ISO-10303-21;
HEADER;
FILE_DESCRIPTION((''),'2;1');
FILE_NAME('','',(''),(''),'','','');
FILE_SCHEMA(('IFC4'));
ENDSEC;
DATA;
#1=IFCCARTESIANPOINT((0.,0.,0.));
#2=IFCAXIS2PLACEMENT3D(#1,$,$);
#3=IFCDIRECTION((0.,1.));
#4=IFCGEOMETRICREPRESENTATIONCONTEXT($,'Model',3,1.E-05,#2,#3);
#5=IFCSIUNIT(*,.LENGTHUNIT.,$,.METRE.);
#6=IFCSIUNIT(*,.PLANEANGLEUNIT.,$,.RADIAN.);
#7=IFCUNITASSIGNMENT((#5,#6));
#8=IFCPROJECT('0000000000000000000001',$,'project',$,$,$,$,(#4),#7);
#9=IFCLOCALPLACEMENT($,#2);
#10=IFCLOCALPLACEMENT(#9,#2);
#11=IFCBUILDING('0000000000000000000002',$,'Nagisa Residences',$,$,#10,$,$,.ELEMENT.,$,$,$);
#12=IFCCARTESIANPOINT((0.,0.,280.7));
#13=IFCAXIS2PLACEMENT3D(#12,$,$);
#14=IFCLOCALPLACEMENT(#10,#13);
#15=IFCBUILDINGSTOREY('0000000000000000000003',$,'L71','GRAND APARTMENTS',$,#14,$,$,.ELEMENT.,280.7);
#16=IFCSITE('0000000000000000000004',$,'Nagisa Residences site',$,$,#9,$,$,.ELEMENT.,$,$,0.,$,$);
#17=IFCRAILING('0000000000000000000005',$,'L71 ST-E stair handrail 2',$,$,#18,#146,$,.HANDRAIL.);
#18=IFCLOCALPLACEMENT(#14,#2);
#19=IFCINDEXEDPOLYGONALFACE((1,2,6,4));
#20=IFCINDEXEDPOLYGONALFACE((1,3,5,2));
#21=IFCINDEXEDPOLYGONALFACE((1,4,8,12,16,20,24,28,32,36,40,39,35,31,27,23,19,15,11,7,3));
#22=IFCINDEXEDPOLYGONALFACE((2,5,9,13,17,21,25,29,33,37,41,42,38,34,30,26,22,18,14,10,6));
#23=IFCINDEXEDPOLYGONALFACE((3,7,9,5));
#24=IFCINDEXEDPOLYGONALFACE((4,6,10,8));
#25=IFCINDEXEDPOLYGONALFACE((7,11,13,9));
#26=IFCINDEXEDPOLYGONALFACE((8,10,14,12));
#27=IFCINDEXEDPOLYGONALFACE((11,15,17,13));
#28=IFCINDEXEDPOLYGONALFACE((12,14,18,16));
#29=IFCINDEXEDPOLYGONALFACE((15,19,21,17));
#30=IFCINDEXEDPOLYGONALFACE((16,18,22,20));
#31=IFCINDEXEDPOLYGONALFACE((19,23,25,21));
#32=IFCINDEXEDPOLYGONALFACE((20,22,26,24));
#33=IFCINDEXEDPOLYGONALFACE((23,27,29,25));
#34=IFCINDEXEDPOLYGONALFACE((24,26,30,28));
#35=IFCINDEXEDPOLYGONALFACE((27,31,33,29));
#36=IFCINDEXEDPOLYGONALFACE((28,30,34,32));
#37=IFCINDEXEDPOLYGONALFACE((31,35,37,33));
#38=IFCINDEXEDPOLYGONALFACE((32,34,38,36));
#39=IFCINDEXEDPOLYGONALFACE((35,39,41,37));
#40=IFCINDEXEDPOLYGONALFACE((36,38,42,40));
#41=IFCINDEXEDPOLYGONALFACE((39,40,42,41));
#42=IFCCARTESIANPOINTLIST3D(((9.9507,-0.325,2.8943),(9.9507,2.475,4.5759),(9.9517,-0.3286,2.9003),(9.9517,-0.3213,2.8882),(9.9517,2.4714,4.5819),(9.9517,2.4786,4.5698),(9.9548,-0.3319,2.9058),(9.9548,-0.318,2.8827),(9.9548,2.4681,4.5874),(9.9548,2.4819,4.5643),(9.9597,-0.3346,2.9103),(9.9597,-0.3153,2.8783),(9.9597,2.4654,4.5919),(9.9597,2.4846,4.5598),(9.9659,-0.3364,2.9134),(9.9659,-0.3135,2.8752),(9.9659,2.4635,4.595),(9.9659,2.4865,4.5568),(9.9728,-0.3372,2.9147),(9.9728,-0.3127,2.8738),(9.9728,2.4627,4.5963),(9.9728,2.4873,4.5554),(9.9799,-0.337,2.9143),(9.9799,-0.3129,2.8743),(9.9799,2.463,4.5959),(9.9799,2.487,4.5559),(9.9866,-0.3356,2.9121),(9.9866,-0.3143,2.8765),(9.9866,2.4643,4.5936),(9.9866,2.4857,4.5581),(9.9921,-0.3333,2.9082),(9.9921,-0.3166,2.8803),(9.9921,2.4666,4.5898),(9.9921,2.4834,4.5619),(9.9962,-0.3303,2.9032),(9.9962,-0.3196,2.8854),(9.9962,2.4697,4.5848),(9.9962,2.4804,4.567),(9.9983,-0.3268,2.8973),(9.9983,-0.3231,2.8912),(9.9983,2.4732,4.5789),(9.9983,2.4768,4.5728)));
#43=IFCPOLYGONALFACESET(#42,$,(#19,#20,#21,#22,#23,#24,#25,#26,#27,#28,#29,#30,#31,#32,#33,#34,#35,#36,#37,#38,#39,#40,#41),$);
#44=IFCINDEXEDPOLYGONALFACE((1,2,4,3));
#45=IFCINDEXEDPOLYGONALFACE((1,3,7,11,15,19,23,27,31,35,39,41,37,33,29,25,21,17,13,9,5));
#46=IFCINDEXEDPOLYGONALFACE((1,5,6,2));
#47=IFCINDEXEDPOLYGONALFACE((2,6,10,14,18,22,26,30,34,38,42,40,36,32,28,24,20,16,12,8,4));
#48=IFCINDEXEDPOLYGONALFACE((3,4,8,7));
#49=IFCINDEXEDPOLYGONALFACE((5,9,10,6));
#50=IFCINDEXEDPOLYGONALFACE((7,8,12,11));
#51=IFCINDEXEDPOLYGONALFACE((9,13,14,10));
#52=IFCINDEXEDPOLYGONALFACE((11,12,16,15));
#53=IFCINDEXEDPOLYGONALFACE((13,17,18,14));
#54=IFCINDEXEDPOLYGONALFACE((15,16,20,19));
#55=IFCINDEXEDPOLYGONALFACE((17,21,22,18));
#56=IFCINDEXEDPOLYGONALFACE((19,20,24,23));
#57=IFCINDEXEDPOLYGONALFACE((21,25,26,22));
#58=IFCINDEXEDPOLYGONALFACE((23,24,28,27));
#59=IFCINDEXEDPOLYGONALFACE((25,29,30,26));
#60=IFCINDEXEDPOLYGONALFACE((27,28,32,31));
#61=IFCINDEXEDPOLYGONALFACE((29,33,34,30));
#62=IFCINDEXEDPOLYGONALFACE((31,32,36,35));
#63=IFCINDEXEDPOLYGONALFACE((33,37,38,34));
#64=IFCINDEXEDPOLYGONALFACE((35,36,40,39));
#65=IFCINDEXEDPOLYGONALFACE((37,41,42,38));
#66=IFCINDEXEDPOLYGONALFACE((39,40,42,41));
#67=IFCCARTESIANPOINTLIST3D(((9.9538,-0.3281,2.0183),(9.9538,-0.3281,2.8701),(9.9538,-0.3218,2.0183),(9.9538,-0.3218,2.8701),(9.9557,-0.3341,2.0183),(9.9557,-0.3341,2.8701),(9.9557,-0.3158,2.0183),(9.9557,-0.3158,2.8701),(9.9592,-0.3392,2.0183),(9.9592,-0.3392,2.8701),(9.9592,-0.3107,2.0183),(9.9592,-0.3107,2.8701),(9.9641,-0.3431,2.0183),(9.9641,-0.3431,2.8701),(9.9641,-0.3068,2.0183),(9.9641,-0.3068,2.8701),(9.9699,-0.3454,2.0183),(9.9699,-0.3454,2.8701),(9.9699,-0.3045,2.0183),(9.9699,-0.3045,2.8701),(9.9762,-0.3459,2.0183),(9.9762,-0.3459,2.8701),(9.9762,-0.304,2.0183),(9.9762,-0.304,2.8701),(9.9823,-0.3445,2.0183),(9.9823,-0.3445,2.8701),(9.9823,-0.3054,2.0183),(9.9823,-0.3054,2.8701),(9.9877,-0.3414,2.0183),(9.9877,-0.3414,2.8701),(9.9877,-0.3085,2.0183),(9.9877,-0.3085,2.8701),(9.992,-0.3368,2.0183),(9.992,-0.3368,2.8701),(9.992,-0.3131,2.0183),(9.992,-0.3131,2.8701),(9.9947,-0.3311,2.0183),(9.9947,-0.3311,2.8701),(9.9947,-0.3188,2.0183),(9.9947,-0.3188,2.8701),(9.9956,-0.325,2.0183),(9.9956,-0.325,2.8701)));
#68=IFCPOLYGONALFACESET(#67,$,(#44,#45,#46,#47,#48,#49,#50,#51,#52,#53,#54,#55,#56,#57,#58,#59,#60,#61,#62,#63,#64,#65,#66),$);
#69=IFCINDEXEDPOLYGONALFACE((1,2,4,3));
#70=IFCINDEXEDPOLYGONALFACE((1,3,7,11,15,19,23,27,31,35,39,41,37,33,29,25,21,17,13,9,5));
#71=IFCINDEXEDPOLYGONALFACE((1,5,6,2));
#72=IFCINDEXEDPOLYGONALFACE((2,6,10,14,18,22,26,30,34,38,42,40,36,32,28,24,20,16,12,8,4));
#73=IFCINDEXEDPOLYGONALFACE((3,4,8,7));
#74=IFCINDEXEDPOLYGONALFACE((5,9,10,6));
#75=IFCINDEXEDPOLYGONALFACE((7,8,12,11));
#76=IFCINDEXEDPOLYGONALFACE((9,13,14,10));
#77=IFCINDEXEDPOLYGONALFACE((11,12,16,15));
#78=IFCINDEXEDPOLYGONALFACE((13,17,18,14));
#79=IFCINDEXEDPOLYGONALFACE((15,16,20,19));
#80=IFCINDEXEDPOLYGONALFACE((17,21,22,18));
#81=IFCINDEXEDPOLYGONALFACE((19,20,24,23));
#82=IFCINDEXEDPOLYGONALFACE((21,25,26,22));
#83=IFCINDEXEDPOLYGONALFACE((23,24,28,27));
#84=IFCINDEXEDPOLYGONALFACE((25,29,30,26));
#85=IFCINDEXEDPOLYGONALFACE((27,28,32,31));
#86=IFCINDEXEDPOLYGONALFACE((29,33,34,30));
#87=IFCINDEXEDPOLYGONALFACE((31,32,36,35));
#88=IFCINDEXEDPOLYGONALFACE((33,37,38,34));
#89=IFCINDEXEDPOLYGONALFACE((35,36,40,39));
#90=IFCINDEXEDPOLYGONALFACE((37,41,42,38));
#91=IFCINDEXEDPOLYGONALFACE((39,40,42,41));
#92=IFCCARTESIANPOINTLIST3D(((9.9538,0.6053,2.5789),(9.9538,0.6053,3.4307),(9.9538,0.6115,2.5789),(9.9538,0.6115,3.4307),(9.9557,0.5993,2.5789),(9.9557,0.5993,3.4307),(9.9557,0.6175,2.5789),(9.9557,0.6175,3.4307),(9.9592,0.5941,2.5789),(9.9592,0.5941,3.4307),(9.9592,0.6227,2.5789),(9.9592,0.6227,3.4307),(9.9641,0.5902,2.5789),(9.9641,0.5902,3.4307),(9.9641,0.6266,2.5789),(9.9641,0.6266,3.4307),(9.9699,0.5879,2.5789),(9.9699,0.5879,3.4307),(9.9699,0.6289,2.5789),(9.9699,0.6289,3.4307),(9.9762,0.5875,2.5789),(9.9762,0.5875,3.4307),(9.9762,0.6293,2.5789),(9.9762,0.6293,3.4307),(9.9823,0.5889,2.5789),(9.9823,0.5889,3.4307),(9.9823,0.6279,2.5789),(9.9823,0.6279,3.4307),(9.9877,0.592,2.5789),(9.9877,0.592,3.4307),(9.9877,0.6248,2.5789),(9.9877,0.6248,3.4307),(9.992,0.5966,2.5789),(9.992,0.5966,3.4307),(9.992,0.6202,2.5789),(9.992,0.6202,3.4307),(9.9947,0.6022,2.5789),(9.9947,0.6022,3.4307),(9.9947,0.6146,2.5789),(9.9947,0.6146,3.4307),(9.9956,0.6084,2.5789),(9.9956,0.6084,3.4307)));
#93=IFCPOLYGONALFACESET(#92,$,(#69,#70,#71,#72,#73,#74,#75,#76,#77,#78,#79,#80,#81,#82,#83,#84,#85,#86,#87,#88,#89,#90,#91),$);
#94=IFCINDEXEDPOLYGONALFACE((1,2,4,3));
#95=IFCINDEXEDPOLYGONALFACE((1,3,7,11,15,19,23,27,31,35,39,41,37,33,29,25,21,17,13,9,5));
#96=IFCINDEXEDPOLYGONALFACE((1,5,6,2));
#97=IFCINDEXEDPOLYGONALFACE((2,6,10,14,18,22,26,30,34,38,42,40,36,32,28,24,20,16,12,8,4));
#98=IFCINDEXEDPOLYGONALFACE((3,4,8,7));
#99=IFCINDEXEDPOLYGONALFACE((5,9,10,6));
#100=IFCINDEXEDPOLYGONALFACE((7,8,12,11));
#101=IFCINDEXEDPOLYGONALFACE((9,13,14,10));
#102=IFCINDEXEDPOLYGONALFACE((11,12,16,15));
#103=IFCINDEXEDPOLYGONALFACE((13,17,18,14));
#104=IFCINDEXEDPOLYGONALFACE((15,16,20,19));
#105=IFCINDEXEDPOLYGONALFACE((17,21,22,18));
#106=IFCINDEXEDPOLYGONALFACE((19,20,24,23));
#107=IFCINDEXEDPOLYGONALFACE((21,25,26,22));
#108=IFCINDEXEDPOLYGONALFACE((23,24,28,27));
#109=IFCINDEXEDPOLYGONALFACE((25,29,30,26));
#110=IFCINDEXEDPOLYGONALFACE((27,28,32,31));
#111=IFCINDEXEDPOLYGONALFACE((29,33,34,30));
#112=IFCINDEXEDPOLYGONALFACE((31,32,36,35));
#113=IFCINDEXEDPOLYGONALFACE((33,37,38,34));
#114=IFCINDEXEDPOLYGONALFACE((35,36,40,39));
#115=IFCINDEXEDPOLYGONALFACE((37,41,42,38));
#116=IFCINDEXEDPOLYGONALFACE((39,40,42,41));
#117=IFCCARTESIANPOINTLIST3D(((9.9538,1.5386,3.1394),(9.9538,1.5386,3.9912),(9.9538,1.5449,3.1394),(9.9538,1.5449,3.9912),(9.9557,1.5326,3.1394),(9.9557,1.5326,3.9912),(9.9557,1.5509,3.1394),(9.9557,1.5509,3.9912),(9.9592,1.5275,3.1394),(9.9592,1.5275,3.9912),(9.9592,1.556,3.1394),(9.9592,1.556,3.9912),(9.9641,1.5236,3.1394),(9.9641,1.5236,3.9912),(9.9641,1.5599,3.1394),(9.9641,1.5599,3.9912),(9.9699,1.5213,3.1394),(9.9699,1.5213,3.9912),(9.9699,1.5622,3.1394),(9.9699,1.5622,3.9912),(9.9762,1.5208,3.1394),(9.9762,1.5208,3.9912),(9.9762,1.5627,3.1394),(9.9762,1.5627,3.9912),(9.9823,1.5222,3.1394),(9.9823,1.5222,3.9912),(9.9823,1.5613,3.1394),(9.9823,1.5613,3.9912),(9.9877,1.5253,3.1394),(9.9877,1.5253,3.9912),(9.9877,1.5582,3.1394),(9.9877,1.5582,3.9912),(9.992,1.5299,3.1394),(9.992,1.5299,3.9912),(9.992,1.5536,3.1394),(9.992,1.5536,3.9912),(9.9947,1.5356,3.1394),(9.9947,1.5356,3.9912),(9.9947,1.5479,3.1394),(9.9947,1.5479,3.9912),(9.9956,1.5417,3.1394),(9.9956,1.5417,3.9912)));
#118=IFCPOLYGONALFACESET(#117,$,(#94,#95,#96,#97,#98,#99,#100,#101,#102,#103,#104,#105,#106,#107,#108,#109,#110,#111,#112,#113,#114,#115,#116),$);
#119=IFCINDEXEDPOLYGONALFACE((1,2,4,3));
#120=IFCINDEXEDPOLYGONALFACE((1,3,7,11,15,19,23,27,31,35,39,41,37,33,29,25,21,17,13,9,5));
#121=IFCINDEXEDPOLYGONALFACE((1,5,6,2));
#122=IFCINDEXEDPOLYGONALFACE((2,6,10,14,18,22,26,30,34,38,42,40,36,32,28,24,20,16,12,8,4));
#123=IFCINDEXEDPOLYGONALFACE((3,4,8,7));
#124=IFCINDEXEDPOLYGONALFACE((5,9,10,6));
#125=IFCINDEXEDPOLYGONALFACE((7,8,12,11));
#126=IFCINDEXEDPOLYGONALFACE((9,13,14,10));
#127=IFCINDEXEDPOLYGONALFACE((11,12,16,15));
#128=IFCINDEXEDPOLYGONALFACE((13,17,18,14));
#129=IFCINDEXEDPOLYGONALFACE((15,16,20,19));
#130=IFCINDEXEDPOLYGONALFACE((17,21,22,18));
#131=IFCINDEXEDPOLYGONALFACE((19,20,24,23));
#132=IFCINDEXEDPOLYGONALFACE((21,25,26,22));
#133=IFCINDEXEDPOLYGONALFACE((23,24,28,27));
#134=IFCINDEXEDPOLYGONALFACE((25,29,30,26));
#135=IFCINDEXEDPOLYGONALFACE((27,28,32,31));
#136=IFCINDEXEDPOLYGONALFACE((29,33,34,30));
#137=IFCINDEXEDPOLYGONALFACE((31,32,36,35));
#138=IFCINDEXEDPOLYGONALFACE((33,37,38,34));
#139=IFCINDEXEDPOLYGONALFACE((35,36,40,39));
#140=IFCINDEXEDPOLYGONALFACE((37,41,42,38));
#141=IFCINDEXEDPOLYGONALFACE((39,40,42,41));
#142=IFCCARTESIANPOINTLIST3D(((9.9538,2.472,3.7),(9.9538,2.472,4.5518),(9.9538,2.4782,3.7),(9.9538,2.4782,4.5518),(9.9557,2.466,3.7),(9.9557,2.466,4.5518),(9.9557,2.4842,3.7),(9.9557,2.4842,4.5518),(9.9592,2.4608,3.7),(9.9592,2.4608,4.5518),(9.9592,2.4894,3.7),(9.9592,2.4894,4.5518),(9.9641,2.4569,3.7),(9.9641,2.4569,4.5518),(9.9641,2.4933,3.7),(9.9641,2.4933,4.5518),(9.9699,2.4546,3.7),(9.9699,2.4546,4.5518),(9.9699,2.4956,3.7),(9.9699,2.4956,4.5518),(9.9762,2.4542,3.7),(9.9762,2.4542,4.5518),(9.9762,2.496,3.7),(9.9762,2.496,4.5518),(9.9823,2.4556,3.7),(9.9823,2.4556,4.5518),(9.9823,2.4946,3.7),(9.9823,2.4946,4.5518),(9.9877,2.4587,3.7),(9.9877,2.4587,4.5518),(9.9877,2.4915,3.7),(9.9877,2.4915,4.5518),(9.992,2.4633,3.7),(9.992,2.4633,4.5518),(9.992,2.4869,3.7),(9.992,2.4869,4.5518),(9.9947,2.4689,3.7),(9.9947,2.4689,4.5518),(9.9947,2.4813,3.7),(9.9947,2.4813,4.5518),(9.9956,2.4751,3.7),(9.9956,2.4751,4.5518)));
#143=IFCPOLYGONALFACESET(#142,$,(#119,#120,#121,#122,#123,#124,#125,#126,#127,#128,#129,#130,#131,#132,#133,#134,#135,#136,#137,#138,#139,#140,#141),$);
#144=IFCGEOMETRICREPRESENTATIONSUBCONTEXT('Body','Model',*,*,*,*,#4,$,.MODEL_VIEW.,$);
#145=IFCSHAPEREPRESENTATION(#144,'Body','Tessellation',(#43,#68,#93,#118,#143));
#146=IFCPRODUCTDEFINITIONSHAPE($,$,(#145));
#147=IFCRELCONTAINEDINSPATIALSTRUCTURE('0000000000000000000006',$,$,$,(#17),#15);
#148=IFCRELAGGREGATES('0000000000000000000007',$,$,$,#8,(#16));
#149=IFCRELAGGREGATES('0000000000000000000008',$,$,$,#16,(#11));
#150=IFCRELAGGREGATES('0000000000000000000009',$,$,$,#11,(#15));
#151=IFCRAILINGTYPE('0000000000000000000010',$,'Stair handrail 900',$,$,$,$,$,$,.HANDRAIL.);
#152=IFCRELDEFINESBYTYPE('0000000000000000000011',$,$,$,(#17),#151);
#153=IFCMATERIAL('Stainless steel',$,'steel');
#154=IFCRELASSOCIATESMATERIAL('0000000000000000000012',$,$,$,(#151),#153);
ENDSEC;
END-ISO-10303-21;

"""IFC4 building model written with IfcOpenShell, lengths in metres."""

from ifc_helpers import new_model, si_unit, direction, frame, origin, origin_2d, place, context, subcontext, project, spatial, circle, extrude, material, type_object, element, save


model = new_model("IFC4")

# Units and contexts
model_context = context("Model", 3, precision=1e-05, world=origin(), true_north=direction((0.0, 1.0)))
body_context = subcontext(model_context, "Body", "Model", "MODEL_VIEW")
ifc_project = project(units=[si_unit("LENGTHUNIT", "METRE"), si_unit("PLANEANGLEUNIT", "RADIAN")], contexts=[model_context])

# Site, building, storey
site_placement = place(None, origin())
site = spatial("IfcSite", under=ifc_project, at=site_placement, Name="Nagisa Residences site", CompositionType="ELEMENT", RefElevation=0.0)
building_placement = place(site_placement, origin())
building = spatial("IfcBuilding", under=site, at=building_placement, Name="Nagisa Residences", CompositionType="ELEMENT")
storey_placement = place(building_placement, frame((0.0, 0.0, 280.7)))
storey = spatial("IfcBuildingStorey", under=building, at=storey_placement, Name="L71", Description="GRAND APARTMENTS", CompositionType="ELEMENT", Elevation=280.7)

# Railing
ifc_material_1 = material(Name="Stainless steel", Category="steel")
railing_type_1 = type_object("IfcRailingType", Name="Stair handrail 900", PredefinedType="HANDRAIL", material=ifc_material_1)
railing_1_placement = place(storey_placement, frame((9.9746, -0.325, 2.0183)))
element("IfcRailing", 1, at=railing_1_placement, inside=storey, type_object=railing_type_1, Name="L71 ST-E stair handrail 2", PredefinedType="HANDRAIL", context=body_context, shape_type="SweptSolid", body=[
    extrude(circle(Radius=0.0239, at=origin_2d()), frame((0.0, 0.0, 0.876), z_axis=(0.0, 0.857275, 0.514858), x_axis=(-1.0, 0.0, 0.0)), (0.0, 0.0, 1.0), 3.2661),
    extrude(circle(Radius=0.021, at=origin_2d()), origin(), (0.0, 0.0, 1.0), 0.8518),
    extrude(circle(Radius=0.021, at=origin_2d()), frame((0.0, 0.9333, 0.5605)), (0.0, 0.0, 1.0), 0.8518),
    extrude(circle(Radius=0.021, at=origin_2d()), frame((0.0, 1.8667, 1.1211)), (0.0, 0.0, 1.0), 0.8518),
    extrude(circle(Radius=0.021, at=origin_2d()), frame((0.0, 2.8, 1.6816)), (0.0, 0.0, 1.0), 0.8518),
])

save(model, "model.ifc")
